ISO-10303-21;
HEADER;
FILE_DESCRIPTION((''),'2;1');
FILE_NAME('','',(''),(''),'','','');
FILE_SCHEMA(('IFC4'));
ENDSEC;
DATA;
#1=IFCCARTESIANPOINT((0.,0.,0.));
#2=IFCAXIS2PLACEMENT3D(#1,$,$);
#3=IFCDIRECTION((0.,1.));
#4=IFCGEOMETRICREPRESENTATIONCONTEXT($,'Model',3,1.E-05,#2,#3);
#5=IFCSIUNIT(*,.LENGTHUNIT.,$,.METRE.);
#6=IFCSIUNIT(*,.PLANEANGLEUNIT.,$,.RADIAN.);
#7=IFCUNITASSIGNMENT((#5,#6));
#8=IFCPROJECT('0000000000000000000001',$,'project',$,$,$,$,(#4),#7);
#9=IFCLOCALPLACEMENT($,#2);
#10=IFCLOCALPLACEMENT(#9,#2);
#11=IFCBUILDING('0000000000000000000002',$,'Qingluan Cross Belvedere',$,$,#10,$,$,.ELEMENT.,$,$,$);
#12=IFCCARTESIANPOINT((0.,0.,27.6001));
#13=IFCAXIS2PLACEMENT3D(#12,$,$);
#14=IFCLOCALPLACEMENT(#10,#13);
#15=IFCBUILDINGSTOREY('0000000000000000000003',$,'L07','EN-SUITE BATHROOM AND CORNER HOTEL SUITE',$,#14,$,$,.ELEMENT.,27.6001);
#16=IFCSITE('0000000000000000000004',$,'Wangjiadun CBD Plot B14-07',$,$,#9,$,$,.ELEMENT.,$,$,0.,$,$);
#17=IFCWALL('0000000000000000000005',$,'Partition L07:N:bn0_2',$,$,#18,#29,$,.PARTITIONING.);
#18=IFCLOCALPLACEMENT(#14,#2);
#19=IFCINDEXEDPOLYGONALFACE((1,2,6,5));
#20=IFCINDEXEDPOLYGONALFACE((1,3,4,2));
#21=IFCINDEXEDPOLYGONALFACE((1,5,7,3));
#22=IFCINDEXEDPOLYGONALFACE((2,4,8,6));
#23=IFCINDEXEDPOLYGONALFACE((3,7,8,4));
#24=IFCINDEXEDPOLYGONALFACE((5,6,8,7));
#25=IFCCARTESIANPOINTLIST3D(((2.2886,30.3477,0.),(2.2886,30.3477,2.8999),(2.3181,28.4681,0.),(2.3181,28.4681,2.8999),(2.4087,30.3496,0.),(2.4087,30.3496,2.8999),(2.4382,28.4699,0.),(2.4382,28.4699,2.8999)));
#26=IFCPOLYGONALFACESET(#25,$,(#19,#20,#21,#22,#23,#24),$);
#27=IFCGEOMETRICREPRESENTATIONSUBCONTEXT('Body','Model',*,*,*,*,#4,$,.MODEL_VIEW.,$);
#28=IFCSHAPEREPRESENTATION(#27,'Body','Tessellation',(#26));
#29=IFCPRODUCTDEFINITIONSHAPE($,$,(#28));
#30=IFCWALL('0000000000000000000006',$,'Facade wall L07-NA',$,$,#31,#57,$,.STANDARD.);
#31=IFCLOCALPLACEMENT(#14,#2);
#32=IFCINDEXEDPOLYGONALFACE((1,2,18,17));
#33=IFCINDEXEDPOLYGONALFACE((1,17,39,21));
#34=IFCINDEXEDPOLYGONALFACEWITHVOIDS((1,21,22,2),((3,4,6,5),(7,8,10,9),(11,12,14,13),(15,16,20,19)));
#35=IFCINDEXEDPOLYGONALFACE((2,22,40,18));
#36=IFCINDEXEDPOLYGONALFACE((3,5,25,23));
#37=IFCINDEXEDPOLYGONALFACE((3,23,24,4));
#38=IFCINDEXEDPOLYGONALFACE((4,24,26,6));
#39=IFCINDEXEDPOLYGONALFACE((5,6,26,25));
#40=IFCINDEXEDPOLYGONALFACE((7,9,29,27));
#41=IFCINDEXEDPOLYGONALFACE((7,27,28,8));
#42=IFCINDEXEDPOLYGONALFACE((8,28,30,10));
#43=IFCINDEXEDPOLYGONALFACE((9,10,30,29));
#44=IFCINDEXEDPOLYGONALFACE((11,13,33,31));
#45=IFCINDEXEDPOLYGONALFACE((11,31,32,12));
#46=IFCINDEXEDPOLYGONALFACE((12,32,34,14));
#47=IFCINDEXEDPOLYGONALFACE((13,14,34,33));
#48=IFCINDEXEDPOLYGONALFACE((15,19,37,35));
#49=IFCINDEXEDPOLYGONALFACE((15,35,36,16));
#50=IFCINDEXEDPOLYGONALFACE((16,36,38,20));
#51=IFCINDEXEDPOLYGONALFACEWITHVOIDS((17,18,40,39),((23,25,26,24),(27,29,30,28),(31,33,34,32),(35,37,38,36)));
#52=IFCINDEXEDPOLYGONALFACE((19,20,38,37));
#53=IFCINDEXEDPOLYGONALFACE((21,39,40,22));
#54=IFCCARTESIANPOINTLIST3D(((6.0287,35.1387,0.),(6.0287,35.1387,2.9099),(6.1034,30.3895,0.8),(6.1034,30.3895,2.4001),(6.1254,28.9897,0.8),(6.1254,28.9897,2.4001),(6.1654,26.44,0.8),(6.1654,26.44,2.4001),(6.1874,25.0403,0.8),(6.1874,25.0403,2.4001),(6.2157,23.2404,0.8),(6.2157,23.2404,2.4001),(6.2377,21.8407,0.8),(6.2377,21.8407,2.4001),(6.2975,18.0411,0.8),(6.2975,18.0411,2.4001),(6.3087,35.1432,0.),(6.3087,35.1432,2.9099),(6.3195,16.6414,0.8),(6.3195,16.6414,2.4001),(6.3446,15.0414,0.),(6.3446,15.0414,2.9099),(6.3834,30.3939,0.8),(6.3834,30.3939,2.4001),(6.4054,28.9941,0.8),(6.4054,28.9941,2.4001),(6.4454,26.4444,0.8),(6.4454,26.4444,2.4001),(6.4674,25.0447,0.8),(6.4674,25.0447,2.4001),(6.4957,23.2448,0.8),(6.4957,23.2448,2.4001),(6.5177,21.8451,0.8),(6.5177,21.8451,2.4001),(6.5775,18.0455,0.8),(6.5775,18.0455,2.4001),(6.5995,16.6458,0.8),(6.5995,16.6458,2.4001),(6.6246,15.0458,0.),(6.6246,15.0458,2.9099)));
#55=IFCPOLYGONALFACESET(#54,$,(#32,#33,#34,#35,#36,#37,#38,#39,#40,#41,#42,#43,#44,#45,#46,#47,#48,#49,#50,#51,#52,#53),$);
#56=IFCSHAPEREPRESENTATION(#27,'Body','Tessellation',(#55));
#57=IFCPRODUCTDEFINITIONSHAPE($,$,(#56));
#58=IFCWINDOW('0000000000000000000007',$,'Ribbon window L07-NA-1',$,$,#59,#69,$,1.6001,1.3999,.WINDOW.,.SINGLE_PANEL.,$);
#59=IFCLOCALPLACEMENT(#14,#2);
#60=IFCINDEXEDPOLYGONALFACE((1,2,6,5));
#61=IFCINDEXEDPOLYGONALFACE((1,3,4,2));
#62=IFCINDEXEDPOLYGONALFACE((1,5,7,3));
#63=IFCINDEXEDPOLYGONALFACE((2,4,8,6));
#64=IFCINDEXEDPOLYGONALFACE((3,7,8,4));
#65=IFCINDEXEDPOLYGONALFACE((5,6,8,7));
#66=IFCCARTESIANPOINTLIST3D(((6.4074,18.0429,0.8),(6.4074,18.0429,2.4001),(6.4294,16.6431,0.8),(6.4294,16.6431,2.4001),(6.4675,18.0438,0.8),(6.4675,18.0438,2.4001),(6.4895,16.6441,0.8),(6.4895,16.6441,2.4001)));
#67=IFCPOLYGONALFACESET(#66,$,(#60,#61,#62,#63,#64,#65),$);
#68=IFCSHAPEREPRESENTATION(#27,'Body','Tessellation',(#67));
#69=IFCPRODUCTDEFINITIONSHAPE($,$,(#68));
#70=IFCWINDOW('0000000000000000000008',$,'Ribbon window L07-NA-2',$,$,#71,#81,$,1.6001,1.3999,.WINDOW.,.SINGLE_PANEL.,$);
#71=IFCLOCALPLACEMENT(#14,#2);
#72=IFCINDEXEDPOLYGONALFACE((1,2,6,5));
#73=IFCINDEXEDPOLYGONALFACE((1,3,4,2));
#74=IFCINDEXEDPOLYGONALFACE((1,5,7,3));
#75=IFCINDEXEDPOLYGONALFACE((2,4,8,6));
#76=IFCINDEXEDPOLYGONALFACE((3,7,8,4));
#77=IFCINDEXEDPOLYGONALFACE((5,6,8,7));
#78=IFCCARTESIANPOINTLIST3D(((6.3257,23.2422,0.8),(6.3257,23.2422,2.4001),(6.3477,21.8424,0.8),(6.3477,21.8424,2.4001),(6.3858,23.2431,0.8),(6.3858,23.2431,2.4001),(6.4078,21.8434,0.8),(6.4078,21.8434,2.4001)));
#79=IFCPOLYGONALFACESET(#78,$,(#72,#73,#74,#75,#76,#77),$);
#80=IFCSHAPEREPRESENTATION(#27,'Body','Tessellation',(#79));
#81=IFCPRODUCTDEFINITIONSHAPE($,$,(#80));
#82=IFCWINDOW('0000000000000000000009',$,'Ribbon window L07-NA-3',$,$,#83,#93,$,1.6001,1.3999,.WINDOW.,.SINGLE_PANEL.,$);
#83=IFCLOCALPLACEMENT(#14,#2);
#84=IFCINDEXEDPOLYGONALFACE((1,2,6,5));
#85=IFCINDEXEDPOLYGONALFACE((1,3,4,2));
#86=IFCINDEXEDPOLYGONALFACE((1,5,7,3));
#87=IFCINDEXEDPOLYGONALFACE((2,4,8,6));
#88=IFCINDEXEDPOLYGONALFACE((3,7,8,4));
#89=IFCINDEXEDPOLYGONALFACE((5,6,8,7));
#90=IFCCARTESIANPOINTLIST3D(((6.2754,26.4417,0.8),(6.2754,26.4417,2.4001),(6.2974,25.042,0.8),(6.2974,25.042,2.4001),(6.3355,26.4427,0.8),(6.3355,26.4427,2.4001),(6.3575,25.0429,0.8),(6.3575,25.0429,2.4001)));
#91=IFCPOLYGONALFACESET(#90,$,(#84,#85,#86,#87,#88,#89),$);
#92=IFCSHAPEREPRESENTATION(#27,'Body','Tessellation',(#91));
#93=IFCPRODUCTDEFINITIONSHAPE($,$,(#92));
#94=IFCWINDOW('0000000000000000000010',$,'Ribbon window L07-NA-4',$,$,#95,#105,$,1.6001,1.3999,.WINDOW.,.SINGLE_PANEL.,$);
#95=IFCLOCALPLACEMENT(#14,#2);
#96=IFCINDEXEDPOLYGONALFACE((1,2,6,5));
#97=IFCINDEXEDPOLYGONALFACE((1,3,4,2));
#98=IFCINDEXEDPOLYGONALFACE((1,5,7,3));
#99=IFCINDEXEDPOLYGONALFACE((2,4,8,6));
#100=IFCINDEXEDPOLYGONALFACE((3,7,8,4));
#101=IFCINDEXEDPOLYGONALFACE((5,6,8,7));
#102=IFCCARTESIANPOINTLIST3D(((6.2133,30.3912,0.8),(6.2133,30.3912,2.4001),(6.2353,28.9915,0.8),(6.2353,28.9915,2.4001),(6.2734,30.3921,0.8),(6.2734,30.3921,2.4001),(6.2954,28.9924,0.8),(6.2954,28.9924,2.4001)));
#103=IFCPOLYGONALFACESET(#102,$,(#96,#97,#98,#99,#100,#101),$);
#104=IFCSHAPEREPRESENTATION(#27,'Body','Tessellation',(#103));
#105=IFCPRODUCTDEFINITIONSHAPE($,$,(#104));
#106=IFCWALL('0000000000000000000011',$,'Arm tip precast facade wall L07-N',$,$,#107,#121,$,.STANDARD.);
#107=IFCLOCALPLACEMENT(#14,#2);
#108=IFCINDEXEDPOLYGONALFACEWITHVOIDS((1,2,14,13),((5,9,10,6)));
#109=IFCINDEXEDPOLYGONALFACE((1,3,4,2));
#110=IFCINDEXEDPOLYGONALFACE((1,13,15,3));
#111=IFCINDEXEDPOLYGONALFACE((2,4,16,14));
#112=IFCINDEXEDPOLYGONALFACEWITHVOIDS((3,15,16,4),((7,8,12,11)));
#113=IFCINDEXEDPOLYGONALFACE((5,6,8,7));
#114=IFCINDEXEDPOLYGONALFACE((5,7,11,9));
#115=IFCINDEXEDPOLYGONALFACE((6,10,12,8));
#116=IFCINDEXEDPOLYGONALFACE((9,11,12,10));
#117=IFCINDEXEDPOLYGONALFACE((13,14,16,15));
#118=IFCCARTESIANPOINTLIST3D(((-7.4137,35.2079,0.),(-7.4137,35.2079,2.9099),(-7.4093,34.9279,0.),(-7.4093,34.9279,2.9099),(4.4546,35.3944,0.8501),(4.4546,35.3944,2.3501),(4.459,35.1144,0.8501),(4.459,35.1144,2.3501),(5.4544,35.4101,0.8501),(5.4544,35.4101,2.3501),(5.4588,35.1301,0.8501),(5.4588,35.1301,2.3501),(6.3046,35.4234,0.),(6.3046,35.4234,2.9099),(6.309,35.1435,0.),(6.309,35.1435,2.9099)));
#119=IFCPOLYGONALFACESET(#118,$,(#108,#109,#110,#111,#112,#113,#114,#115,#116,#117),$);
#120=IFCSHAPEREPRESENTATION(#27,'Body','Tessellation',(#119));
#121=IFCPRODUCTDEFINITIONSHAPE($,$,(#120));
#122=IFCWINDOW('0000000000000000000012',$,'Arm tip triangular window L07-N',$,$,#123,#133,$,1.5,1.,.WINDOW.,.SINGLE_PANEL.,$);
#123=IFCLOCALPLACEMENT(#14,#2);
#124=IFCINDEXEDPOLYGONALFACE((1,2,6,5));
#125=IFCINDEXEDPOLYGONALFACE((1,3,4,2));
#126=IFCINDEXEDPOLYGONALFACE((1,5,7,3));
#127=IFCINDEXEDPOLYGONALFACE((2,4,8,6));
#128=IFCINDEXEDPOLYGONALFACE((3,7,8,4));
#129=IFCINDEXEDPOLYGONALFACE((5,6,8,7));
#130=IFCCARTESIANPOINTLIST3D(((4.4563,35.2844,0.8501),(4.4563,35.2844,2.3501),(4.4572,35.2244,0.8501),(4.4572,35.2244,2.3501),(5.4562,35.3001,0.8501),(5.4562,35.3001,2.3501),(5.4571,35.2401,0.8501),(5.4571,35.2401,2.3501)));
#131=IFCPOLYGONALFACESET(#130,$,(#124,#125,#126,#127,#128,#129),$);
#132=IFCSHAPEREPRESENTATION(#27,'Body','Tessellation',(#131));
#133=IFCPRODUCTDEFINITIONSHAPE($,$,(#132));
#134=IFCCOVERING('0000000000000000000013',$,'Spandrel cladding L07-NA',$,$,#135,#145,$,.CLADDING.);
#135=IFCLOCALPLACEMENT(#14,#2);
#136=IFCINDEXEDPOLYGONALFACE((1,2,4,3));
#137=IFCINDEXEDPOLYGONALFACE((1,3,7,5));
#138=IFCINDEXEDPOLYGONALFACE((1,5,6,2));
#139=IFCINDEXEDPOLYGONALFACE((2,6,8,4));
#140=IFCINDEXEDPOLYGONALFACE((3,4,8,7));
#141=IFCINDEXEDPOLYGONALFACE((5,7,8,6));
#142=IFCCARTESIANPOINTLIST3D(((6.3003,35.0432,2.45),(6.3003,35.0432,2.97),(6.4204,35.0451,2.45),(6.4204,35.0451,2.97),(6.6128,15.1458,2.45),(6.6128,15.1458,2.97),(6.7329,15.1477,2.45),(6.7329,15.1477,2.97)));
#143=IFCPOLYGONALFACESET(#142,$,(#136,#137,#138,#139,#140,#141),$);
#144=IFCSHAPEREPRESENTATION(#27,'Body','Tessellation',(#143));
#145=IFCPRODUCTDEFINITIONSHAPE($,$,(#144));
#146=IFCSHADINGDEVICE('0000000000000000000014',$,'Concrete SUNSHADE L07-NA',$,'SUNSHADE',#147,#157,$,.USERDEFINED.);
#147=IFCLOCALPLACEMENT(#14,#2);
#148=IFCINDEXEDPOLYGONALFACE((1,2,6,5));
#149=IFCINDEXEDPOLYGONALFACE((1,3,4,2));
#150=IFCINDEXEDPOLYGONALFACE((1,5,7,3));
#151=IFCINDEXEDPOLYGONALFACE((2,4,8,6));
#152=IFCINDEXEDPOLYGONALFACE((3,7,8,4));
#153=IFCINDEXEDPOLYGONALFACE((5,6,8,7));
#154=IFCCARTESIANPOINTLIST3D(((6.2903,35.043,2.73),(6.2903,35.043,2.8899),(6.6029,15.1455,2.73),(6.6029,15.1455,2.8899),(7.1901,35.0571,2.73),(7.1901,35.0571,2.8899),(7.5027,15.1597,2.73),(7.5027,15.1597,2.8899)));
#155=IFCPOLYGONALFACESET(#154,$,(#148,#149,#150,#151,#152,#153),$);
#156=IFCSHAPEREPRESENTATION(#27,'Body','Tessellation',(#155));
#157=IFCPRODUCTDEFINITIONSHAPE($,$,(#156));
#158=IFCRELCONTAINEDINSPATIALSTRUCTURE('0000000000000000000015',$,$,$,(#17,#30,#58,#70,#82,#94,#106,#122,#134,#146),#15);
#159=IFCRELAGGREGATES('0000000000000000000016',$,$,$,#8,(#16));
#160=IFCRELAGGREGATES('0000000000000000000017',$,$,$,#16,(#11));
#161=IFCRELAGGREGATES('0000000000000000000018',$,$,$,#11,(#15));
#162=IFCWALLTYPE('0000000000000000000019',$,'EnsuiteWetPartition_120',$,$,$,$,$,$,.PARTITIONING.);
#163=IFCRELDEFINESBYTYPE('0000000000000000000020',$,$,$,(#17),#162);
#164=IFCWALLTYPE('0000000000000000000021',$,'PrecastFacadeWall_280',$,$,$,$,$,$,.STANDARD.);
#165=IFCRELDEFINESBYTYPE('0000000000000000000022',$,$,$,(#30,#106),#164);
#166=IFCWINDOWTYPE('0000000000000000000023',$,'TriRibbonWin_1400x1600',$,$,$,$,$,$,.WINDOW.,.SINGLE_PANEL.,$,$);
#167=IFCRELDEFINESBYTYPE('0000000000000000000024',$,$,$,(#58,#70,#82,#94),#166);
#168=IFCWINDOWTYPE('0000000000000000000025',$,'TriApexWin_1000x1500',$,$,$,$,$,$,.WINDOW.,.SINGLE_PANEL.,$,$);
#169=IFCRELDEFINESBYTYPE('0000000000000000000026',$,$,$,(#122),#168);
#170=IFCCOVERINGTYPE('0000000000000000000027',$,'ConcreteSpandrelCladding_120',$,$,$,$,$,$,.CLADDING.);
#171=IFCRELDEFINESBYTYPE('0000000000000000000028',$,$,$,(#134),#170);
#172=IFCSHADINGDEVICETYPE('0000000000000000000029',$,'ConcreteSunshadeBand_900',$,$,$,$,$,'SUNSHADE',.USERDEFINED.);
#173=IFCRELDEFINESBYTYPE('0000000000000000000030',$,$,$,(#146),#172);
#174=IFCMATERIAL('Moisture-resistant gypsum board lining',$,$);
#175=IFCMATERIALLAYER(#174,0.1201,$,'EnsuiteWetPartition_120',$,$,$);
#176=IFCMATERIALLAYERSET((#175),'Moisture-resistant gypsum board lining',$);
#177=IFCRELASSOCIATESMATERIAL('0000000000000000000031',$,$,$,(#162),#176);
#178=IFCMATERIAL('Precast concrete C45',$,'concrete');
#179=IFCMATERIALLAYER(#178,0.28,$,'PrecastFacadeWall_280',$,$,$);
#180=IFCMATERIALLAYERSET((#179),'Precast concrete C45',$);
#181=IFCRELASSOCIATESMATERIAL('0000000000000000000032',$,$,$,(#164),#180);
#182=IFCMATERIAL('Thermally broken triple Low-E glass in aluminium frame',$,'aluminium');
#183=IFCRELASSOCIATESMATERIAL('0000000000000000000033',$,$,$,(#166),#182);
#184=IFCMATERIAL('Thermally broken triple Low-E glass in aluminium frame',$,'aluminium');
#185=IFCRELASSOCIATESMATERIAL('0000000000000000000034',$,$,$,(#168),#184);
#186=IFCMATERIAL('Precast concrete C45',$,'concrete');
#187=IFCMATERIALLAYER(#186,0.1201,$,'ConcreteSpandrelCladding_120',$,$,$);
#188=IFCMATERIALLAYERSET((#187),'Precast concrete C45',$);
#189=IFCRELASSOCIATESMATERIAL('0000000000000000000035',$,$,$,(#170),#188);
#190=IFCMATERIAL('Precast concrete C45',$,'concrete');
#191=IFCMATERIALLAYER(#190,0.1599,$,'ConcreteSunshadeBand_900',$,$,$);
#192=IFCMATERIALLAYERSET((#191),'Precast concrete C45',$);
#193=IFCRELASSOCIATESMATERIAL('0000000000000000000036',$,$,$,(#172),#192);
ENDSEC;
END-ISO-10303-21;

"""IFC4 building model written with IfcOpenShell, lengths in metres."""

from ifc_helpers import new_model, si_unit, direction, frame, frame_2d, origin, origin_2d, place, context, subcontext, project, spatial, rectangle, extrude, material, layer, layer_set, type_object, element, fill, save


model = new_model("IFC4")

# Units and contexts
model_context = context("Model", 3, precision=1e-05, world=origin(), true_north=direction((0.0, 1.0)))
body_context = subcontext(model_context, "Body", "Model", "MODEL_VIEW")
ifc_project = project(units=[si_unit("LENGTHUNIT", "METRE"), si_unit("PLANEANGLEUNIT", "RADIAN")], contexts=[model_context])

# Site, building, storey
site_placement = place(None, origin())
site = spatial("IfcSite", under=ifc_project, at=site_placement, Name="Wangjiadun CBD Plot B14-07", CompositionType="ELEMENT", RefElevation=0.0)
building_placement = place(site_placement, origin())
building = spatial("IfcBuilding", under=site, at=building_placement, Name="Qingluan Cross Belvedere", CompositionType="ELEMENT")
storey_placement = place(building_placement, frame((0.0, 0.0, 27.6001)))
storey = spatial("IfcBuildingStorey", under=building, at=storey_placement, Name="L07", Description="EN-SUITE BATHROOM AND CORNER HOTEL SUITE", CompositionType="ELEMENT", Elevation=27.6001)

# Shared definitions
ifc_material_1 = material(Name="Moisture-resistant gypsum board lining")
ifc_layer_1 = layer(ifc_material_1, 0.1201, Name="EnsuiteWetPartition_120")
ifc_layer_set_1 = layer_set([ifc_layer_1], Name="Moisture-resistant gypsum board lining")
wall_type_1 = type_object("IfcWallType", Name="EnsuiteWetPartition_120", PredefinedType="PARTITIONING", material=ifc_layer_set_1)

# Wall
wall_1_placement = place(storey_placement, frame((2.3782, 28.469, 0.0), z_axis=(0.0, 0.0, 1.0), x_axis=(-0.015714, 0.999877, 0.0)))
element("IfcWall", 1, at=wall_1_placement, inside=storey, type_object=wall_type_1, Name="Partition L07:N:bn0_2", PredefinedType="PARTITIONING", context=body_context, shape_type="SweptSolid", body=[
    extrude(rectangle(XDim=1.8799, YDim=0.1201, at=frame_2d((0.9399, 0.0))), origin(), (0.0, 0.0, 1.0), 2.8999),
])

# Wall, openings, windows
ifc_material_2 = material(Name="Precast concrete C45", Category="concrete")
ifc_layer_2 = layer(ifc_material_2, 0.28, Name="PrecastFacadeWall_280")
ifc_layer_set_2 = layer_set([ifc_layer_2], Name="Precast concrete C45")
wall_type_2 = type_object("IfcWallType", Name="PrecastFacadeWall_280", PredefinedType="STANDARD", material=ifc_layer_set_2)
wall_2_placement = place(storey_placement, frame((6.4846, 15.0437, 0.0), z_axis=(0.0, 0.0, 1.0), x_axis=(-0.015717, 0.999876, 0.0)))
wall_2 = element("IfcWall", 2, at=wall_2_placement, inside=storey, type_object=wall_type_2, Name="Facade wall L07-NA", PredefinedType="STANDARD", context=body_context, shape_type="SweptSolid", body=[
    extrude(rectangle(XDim=20.0999, YDim=0.28, at=frame_2d((10.0498, 0.0))), origin(), (0.0, 0.0, 1.0), 2.9099),
])
opening_1_placement = place(wall_2_placement, frame((1.6001, 0.0, 0.8)))
opening_1 = element("IfcOpeningElement", 3, at=opening_1_placement, cuts=wall_2, PredefinedType="OPENING", context=body_context, shape_type="SweptSolid", body=[
    extrude(rectangle(XDim=1.3999, YDim=1.6001, at=frame_2d((0.7, 0.8))), frame((0.0, 0.1499, 0.0), z_axis=(0.0, -1.0, 0.0), x_axis=(1.0, 0.0, 0.0)), (0.0, 0.0, 1.0), 0.3),
])
opening_2_placement = place(wall_2_placement, frame((6.8, 0.0, 0.8)))
opening_2 = element("IfcOpeningElement", 4, at=opening_2_placement, cuts=wall_2, PredefinedType="OPENING", context=body_context, shape_type="SweptSolid", body=[
    extrude(rectangle(XDim=1.3999, YDim=1.6001, at=frame_2d((0.7, 0.8))), frame((0.0, 0.1499, 0.0), z_axis=(0.0, -1.0, 0.0), x_axis=(1.0, 0.0, 0.0)), (0.0, 0.0, 1.0), 0.3),
])
opening_3_placement = place(wall_2_placement, frame((10.0, 0.0, 0.8)))
opening_3 = element("IfcOpeningElement", 5, at=opening_3_placement, cuts=wall_2, PredefinedType="OPENING", context=body_context, shape_type="SweptSolid", body=[
    extrude(rectangle(XDim=1.3999, YDim=1.6001, at=frame_2d((0.7, 0.8))), frame((0.0, 0.1499, 0.0), z_axis=(0.0, -1.0, 0.0), x_axis=(1.0, 0.0, 0.0)), (0.0, 0.0, 1.0), 0.3),
])
opening_4_placement = place(wall_2_placement, frame((13.95, 0.0, 0.8)))
opening_4 = element("IfcOpeningElement", 6, at=opening_4_placement, cuts=wall_2, PredefinedType="OPENING", context=body_context, shape_type="SweptSolid", body=[
    extrude(rectangle(XDim=1.3999, YDim=1.6001, at=frame_2d((0.7, 0.8))), frame((0.0, 0.1499, 0.0), z_axis=(0.0, -1.0, 0.0), x_axis=(1.0, 0.0, 0.0)), (0.0, 0.0, 1.0), 0.3),
])
ifc_material_3 = material(Name="Thermally broken triple Low-E glass in aluminium frame", Category="aluminium")
window_type_1 = type_object("IfcWindowType", Name="TriRibbonWin_1400x1600", PartitioningType="SINGLE_PANEL", PredefinedType="WINDOW", material=ifc_material_3)
window_1_placement = place(opening_1_placement, origin())
window_1 = element("IfcWindow", 7, at=window_1_placement, inside=storey, type_object=window_type_1, Name="Ribbon window L07-NA-1", OverallHeight=1.6001, OverallWidth=1.3999, PartitioningType="SINGLE_PANEL", PredefinedType="WINDOW", context=body_context, shape_type="SweptSolid", body=[
    extrude(rectangle(XDim=1.3999, YDim=1.6001, at=frame_2d((0.7, 0.8))), frame((0.0, 0.03, 0.0), z_axis=(0.0, -1.0, 0.0), x_axis=(1.0, 0.0, 0.0)), (0.0, 0.0, 1.0), 0.0601),
])
fill(opening_1, window_1)
window_2_placement = place(opening_2_placement, origin())
window_2 = element("IfcWindow", 8, at=window_2_placement, inside=storey, type_object=window_type_1, Name="Ribbon window L07-NA-2", OverallHeight=1.6001, OverallWidth=1.3999, PartitioningType="SINGLE_PANEL", PredefinedType="WINDOW", context=body_context, shape_type="SweptSolid", body=[
    extrude(rectangle(XDim=1.3999, YDim=1.6001, at=frame_2d((0.7, 0.8))), frame((0.0, 0.03, 0.0), z_axis=(0.0, -1.0, 0.0), x_axis=(1.0, 0.0, 0.0)), (0.0, 0.0, 1.0), 0.0601),
])
fill(opening_2, window_2)
window_3_placement = place(opening_3_placement, origin())
window_3 = element("IfcWindow", 9, at=window_3_placement, inside=storey, type_object=window_type_1, Name="Ribbon window L07-NA-3", OverallHeight=1.6001, OverallWidth=1.3999, PartitioningType="SINGLE_PANEL", PredefinedType="WINDOW", context=body_context, shape_type="SweptSolid", body=[
    extrude(rectangle(XDim=1.3999, YDim=1.6001, at=frame_2d((0.7, 0.8))), frame((0.0, 0.03, 0.0), z_axis=(0.0, -1.0, 0.0), x_axis=(1.0, 0.0, 0.0)), (0.0, 0.0, 1.0), 0.0601),
])
fill(opening_3, window_3)
window_4_placement = place(opening_4_placement, origin())
window_4 = element("IfcWindow", 10, at=window_4_placement, inside=storey, type_object=window_type_1, Name="Ribbon window L07-NA-4", OverallHeight=1.6001, OverallWidth=1.3999, PartitioningType="SINGLE_PANEL", PredefinedType="WINDOW", context=body_context, shape_type="SweptSolid", body=[
    extrude(rectangle(XDim=1.3999, YDim=1.6001, at=frame_2d((0.7, 0.8))), frame((0.0, 0.03, 0.0), z_axis=(0.0, -1.0, 0.0), x_axis=(1.0, 0.0, 0.0)), (0.0, 0.0, 1.0), 0.0601),
])
fill(opening_4, window_4)

# Wall, opening, window
wall_3_placement = place(storey_placement, frame((6.3066, 35.2834, 0.0), z_axis=(0.0, 0.0, 1.0), x_axis=(-0.999877, -0.015713, 0.0)))
wall_3 = element("IfcWall", 11, at=wall_3_placement, inside=storey, type_object=wall_type_2, Name="Arm tip precast facade wall L07-N", PredefinedType="STANDARD", context=body_context, shape_type="SweptSolid", body=[
    extrude(rectangle(XDim=13.72, YDim=0.28, at=frame_2d((6.8599, 0.0))), origin(), (0.0, 0.0, 1.0), 2.9099),
])
opening_5_placement = place(wall_3_placement, frame((0.8501, 0.0, 0.8501)))
opening_5 = element("IfcOpeningElement", 12, at=opening_5_placement, cuts=wall_3, PredefinedType="OPENING", context=body_context, shape_type="SweptSolid", body=[
    extrude(rectangle(XDim=1.0, YDim=1.5, at=frame_2d((0.5, 0.75))), frame((0.0, 0.1499, 0.0), z_axis=(0.0, -1.0, 0.0), x_axis=(1.0, 0.0, 0.0)), (0.0, 0.0, 1.0), 0.3),
])
ifc_material_4 = material(Name="Thermally broken triple Low-E glass in aluminium frame", Category="aluminium")
window_type_2 = type_object("IfcWindowType", Name="TriApexWin_1000x1500", PartitioningType="SINGLE_PANEL", PredefinedType="WINDOW", material=ifc_material_4)
window_5_placement = place(opening_5_placement, origin())
window_5 = element("IfcWindow", 13, at=window_5_placement, inside=storey, type_object=window_type_2, Name="Arm tip triangular window L07-N", OverallHeight=1.5, OverallWidth=1.0, PartitioningType="SINGLE_PANEL", PredefinedType="WINDOW", context=body_context, shape_type="SweptSolid", body=[
    extrude(rectangle(XDim=1.0, YDim=1.5, at=frame_2d((0.5, 0.75))), frame((0.0, 0.03, 0.0), z_axis=(0.0, -1.0, 0.0), x_axis=(1.0, 0.0, 0.0)), (0.0, 0.0, 1.0), 0.0601),
])
fill(opening_5, window_5)

# Covering
ifc_material_5 = material(Name="Precast concrete C45", Category="concrete")
ifc_layer_3 = layer(ifc_material_5, 0.1201, Name="ConcreteSpandrelCladding_120")
ifc_layer_set_3 = layer_set([ifc_layer_3], Name="Precast concrete C45")
covering_type = type_object("IfcCoveringType", Name="ConcreteSpandrelCladding_120", PredefinedType="CLADDING", material=ifc_layer_set_3)
covering_placement = place(storey_placement, frame((6.5166, 25.0955, 2.45), z_axis=(0.0, 0.0, 1.0), x_axis=(-0.015706, 0.999877, 0.0)))
element("IfcCovering", 14, at=covering_placement, inside=storey, type_object=covering_type, Name="Spandrel cladding L07-NA", PredefinedType="CLADDING", context=body_context, shape_type="SweptSolid", body=[
    extrude(rectangle(XDim=19.8999, YDim=0.1201, at=origin_2d()), origin(), (0.0, 0.0, 1.0), 0.52),
])

# Shading device
ifc_material_6 = material(Name="Precast concrete C45", Category="concrete")
ifc_layer_4 = layer(ifc_material_6, 0.1599, Name="ConcreteSunshadeBand_900")
ifc_layer_set_4 = layer_set([ifc_layer_4], Name="Precast concrete C45")
shading_device_type = type_object("IfcShadingDeviceType", Name="ConcreteSunshadeBand_900", ElementType="SUNSHADE", PredefinedType="USERDEFINED", material=ifc_layer_set_4)
shading_device_placement = place(storey_placement, frame((6.8965, 25.1013, 2.73), z_axis=(0.0, 0.0, 1.0), x_axis=(-0.015706, 0.999877, 0.0)))
element("IfcShadingDevice", 15, at=shading_device_placement, inside=storey, type_object=shading_device_type, Name="Concrete SUNSHADE L07-NA", ObjectType="SUNSHADE", PredefinedType="USERDEFINED", context=body_context, shape_type="SweptSolid", body=[
    extrude(rectangle(XDim=19.8999, YDim=0.8999, at=origin_2d()), origin(), (0.0, 0.0, 1.0), 0.1599),
])

save(model, "model.ifc")
